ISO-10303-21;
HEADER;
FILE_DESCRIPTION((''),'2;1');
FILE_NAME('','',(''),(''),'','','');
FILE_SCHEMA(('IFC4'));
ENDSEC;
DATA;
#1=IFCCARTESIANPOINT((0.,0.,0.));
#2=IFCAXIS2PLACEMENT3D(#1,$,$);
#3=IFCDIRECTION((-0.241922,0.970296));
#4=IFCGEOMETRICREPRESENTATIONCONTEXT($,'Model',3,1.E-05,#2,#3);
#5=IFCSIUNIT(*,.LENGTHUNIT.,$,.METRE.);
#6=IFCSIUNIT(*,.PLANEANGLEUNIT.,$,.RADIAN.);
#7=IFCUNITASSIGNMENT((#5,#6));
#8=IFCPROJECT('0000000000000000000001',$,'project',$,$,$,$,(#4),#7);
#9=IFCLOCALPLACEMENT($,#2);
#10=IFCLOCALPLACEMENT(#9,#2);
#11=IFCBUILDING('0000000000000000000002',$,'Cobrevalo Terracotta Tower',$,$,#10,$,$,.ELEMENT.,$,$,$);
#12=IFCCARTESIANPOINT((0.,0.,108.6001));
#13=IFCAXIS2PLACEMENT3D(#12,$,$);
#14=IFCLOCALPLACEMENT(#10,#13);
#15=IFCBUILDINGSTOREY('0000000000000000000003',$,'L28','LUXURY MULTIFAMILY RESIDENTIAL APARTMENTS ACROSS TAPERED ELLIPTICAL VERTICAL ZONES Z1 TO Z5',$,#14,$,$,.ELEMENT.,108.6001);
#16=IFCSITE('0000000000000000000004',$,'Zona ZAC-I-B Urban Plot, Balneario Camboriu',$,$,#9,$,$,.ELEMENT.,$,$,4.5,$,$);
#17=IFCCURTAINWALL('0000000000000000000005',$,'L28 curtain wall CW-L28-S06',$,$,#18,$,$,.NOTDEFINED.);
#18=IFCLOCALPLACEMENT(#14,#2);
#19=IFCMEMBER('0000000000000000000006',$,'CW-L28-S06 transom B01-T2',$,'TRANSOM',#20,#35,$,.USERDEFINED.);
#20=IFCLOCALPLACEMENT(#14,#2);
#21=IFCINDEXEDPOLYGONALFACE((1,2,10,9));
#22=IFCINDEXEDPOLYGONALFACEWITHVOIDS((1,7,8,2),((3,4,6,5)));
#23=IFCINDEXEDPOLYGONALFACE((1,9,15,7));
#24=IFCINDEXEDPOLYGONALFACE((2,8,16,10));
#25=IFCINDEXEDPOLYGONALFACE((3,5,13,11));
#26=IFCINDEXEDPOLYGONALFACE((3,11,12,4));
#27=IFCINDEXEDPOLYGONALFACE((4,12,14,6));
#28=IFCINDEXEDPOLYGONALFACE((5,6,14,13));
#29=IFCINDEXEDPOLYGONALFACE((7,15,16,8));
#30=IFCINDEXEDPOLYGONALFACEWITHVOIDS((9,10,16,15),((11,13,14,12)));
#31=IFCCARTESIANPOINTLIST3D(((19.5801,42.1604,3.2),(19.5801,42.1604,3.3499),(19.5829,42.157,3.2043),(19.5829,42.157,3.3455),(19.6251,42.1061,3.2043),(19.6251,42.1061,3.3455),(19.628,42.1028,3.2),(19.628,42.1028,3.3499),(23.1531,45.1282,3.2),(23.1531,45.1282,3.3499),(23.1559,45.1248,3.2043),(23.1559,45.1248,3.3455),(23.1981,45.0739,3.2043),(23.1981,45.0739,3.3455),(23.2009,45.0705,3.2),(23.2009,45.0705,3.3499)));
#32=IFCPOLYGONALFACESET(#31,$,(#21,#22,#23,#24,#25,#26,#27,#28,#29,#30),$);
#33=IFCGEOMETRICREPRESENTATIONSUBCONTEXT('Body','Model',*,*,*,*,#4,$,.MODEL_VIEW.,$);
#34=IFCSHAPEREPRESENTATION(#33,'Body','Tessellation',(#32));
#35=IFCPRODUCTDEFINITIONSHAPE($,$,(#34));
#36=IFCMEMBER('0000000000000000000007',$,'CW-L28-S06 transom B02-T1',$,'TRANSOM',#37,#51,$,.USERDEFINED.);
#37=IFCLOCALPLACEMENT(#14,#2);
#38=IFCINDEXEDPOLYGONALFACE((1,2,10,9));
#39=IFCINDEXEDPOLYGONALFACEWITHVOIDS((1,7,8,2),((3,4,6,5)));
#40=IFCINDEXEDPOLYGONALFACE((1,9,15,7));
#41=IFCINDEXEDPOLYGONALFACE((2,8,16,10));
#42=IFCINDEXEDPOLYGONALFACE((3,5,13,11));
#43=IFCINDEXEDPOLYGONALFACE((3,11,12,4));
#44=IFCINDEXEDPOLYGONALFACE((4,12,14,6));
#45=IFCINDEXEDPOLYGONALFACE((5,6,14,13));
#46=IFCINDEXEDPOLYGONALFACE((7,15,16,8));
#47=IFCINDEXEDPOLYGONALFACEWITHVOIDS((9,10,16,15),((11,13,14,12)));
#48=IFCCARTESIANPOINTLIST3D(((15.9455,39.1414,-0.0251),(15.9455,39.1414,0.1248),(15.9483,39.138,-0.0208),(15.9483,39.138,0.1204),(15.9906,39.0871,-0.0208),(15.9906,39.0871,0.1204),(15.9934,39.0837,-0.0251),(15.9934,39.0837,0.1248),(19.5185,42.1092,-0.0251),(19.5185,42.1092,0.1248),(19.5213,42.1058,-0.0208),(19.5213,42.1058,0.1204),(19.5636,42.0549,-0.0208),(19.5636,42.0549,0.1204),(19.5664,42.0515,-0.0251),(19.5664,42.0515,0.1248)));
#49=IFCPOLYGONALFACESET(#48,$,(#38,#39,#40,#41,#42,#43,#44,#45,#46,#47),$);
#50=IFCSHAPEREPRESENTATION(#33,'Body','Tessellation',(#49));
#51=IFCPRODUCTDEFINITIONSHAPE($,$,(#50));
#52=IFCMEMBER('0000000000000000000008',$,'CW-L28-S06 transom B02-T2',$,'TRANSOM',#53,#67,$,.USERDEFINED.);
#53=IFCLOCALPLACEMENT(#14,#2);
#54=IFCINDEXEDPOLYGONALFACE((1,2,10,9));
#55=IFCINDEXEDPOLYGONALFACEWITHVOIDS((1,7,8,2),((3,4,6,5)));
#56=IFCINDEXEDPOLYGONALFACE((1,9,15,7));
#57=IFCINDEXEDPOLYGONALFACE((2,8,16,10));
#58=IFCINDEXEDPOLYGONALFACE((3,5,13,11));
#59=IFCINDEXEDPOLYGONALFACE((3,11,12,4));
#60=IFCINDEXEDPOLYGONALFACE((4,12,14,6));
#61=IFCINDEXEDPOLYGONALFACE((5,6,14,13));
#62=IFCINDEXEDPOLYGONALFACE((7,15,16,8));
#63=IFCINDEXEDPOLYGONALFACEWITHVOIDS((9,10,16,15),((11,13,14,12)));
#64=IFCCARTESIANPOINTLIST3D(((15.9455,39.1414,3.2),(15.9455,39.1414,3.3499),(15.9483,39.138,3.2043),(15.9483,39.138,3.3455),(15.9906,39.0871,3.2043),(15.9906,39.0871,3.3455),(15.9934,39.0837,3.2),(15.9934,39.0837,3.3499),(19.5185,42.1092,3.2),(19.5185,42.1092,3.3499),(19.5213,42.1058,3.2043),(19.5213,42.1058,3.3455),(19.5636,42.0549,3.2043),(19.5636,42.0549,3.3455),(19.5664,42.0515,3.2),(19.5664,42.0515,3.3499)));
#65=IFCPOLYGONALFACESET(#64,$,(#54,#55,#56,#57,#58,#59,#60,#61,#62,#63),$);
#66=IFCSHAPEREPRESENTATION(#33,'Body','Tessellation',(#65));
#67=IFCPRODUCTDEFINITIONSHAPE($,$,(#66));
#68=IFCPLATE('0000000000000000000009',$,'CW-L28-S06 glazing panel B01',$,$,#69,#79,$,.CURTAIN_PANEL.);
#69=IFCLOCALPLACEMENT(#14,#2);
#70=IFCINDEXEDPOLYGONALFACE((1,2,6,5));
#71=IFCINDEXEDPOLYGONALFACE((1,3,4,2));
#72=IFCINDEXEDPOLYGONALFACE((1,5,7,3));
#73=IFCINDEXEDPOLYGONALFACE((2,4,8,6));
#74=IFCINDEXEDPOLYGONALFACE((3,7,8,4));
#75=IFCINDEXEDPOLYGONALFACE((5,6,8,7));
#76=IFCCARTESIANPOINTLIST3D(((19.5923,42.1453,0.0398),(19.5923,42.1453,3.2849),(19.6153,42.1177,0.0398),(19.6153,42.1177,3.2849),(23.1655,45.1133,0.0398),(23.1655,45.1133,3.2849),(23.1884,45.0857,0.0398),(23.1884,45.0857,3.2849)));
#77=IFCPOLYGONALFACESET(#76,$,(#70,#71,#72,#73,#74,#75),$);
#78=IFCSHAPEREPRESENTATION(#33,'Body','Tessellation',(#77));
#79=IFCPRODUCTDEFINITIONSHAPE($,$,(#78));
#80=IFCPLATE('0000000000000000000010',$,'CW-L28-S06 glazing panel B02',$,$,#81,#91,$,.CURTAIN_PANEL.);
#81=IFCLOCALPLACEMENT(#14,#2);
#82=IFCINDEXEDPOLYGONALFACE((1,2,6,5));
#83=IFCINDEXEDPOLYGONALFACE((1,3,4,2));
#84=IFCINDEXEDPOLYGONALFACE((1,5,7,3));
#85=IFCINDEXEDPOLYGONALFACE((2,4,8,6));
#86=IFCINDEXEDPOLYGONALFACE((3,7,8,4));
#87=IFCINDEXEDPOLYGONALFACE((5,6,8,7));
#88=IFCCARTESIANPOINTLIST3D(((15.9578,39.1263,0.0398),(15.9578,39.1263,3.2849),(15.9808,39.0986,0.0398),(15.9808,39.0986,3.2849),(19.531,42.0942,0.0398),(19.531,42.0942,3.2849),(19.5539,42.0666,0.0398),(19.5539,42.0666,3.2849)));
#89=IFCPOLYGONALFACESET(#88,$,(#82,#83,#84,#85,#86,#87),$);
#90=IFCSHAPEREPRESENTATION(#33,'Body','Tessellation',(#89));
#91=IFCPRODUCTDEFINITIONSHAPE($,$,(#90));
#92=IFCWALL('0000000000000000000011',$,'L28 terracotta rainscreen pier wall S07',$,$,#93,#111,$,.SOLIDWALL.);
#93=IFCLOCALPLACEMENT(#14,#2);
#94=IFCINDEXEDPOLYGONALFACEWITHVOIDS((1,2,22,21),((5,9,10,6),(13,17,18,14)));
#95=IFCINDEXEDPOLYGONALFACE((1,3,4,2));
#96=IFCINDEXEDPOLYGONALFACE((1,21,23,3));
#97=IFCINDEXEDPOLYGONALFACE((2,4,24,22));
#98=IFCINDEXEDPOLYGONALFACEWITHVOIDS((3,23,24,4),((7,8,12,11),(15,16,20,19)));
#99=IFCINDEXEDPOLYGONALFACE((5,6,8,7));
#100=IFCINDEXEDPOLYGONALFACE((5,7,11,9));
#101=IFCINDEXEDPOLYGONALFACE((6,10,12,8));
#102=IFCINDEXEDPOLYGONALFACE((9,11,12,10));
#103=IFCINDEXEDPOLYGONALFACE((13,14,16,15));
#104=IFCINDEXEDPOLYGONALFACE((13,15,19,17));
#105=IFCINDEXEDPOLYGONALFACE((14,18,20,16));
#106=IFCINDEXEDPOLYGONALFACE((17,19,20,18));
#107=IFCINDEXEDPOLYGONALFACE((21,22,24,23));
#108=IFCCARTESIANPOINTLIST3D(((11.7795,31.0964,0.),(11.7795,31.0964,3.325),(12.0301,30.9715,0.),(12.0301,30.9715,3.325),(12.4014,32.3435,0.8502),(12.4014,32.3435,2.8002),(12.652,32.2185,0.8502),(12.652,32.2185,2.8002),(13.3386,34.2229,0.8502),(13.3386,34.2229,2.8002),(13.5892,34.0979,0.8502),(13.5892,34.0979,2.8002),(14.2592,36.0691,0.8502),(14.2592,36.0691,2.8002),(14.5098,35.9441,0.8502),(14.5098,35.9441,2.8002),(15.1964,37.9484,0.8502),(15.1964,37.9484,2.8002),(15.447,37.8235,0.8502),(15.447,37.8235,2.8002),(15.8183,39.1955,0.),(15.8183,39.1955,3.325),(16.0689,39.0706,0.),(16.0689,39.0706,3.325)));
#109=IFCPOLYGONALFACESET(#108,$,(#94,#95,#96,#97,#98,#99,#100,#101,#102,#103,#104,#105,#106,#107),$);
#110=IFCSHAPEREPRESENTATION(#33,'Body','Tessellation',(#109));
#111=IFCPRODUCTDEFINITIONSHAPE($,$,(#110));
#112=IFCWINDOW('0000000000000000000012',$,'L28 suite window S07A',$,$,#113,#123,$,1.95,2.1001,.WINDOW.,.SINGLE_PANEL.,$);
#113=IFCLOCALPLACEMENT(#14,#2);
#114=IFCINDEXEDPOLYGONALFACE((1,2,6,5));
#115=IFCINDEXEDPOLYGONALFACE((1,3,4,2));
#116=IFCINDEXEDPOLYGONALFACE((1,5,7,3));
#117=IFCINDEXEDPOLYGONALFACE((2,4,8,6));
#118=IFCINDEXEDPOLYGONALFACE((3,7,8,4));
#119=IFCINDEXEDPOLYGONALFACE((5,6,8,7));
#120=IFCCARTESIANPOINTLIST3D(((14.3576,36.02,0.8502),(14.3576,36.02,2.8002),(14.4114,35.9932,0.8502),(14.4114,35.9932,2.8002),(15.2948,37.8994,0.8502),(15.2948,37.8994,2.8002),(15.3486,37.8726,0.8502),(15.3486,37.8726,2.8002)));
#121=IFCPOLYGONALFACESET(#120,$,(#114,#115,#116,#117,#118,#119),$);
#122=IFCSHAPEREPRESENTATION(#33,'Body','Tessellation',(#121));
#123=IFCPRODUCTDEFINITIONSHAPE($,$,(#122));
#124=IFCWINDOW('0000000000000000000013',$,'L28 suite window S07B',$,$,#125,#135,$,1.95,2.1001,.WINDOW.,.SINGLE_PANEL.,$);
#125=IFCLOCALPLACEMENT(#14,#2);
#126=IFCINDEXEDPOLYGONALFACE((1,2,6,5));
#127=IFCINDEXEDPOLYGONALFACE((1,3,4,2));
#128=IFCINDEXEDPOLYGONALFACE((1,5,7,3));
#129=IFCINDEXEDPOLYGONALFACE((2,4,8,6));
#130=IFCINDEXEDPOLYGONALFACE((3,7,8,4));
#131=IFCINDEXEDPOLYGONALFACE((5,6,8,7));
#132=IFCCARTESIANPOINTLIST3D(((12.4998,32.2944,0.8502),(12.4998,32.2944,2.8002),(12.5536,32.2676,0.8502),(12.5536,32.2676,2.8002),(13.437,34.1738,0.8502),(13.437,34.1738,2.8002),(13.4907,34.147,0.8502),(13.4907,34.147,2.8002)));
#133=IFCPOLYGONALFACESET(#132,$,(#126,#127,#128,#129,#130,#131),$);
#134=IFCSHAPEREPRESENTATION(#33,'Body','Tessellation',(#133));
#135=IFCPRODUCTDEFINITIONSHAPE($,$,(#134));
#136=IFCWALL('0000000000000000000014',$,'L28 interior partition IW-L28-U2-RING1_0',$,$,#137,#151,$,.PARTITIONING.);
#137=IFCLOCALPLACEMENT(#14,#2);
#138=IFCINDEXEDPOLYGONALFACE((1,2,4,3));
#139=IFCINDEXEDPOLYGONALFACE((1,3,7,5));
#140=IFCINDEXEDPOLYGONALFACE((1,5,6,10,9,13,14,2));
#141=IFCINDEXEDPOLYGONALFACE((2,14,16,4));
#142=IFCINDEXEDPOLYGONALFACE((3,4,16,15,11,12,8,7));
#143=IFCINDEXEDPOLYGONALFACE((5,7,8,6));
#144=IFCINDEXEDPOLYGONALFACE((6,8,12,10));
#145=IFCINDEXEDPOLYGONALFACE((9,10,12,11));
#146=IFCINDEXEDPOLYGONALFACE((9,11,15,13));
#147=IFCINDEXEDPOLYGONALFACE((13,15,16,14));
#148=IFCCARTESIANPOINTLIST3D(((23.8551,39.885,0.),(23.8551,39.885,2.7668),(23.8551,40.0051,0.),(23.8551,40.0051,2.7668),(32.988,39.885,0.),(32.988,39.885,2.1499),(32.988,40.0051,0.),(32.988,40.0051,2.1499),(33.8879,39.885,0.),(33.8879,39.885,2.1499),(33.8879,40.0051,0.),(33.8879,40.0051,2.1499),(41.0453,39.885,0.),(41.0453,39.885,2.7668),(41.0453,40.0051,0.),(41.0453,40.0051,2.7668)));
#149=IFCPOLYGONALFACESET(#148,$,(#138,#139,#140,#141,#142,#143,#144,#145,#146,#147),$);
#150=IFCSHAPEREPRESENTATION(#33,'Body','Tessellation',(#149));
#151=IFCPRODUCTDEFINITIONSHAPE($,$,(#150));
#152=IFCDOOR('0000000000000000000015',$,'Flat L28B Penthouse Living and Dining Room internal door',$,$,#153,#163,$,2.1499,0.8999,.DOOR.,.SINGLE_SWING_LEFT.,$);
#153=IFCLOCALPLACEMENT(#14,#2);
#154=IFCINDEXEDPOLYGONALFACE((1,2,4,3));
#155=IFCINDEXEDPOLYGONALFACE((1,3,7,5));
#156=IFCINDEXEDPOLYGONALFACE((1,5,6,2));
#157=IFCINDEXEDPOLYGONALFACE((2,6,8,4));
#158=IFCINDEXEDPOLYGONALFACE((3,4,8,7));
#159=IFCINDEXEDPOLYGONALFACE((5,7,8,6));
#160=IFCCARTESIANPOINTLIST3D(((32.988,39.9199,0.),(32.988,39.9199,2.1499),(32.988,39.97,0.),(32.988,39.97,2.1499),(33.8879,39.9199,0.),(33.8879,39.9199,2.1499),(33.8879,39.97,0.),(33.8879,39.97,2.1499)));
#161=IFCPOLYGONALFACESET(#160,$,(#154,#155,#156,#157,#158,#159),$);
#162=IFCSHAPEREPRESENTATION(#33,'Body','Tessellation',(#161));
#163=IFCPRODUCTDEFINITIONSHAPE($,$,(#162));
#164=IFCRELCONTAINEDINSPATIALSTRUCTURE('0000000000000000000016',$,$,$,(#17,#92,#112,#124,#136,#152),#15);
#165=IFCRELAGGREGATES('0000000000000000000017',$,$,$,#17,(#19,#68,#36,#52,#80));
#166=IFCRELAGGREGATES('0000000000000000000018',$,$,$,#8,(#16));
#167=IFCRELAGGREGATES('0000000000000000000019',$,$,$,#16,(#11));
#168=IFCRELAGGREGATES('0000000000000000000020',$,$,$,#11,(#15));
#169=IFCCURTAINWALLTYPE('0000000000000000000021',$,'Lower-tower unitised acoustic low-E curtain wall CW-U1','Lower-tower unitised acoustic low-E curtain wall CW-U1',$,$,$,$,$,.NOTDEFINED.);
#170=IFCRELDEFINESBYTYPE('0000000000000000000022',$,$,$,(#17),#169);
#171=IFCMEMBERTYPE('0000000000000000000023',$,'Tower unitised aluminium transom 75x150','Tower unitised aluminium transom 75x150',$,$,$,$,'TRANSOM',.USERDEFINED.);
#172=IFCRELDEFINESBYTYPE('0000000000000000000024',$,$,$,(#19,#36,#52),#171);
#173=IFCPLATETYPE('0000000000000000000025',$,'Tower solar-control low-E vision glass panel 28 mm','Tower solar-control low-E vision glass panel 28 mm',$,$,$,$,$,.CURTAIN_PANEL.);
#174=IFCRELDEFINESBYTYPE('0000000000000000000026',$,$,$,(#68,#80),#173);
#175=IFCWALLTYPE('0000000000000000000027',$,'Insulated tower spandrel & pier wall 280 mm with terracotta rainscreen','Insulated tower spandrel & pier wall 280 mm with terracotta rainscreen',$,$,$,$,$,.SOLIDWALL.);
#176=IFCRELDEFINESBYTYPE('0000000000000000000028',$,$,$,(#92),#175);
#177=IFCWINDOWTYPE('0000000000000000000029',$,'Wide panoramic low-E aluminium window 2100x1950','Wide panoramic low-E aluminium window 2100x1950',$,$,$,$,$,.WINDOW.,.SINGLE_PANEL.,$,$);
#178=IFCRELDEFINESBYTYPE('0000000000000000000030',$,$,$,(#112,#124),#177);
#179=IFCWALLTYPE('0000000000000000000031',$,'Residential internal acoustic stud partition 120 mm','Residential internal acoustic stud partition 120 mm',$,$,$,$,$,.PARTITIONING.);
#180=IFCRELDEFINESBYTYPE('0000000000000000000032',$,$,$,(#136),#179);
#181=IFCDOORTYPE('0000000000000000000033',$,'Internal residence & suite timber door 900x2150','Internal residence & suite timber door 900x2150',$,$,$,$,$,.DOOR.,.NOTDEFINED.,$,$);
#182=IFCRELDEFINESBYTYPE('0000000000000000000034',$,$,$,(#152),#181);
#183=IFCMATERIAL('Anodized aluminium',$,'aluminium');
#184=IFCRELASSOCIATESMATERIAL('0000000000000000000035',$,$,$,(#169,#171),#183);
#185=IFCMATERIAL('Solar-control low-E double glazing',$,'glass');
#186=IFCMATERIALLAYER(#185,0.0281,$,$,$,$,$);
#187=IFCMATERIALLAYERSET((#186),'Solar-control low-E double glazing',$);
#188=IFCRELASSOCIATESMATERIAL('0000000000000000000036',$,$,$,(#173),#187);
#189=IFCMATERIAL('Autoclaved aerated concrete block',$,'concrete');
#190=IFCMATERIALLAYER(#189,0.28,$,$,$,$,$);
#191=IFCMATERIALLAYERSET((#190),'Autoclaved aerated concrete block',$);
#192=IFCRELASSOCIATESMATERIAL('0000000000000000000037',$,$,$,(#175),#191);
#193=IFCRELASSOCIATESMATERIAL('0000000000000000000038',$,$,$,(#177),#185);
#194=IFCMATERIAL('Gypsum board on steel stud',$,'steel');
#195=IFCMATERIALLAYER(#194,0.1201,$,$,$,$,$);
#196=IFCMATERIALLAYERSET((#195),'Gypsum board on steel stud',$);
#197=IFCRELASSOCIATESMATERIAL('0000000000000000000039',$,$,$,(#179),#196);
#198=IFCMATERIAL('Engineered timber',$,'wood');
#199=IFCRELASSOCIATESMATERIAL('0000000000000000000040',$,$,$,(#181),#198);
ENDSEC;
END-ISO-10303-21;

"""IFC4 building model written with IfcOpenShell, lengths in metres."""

from ifc_helpers import new_model, si_unit, direction, frame, frame_2d, origin, origin_2d, place, context, subcontext, project, spatial, rectangle, hollow_rectangle, extrude, source, transform, mapped, material, layer, layer_set, material_profile, profile_set, type_object, element, fill, aggregate, save


model = new_model("IFC4")

# Units and contexts
model_context = context("Model", 3, precision=1e-05, world=origin(), true_north=direction((-0.241922, 0.970296)))
body_context = subcontext(model_context, "Body", "Model", "MODEL_VIEW")
ifc_project = project(units=[si_unit("LENGTHUNIT", "METRE"), si_unit("PLANEANGLEUNIT", "RADIAN")], contexts=[model_context])

# Site, building, storey
site_placement = place(None, origin())
site = spatial("IfcSite", under=ifc_project, at=site_placement, Name="Zona ZAC-I-B Urban Plot, Balneario Camboriu", CompositionType="ELEMENT", RefElevation=4.5)
building_placement = place(site_placement, origin())
building = spatial("IfcBuilding", under=site, at=building_placement, Name="Cobrevalo Terracotta Tower", CompositionType="ELEMENT")
storey_placement = place(building_placement, frame((0.0, 0.0, 108.6001)))
storey = spatial("IfcBuildingStorey", under=building, at=storey_placement, Name="L28", Description="LUXURY MULTIFAMILY RESIDENTIAL APARTMENTS ACROSS TAPERED ELLIPTICAL VERTICAL ZONES Z1 TO Z5", CompositionType="ELEMENT", Elevation=108.6001)

# Shared definitions
ifc_material_1 = material(Name="Anodized aluminium", Category="aluminium")
curtain_wall_type = type_object("IfcCurtainWallType", Name="Lower-tower unitised acoustic low-E curtain wall CW-U1", Description="Lower-tower unitised acoustic low-E curtain wall CW-U1", PredefinedType="NOTDEFINED", material=ifc_material_1)

# Curtain wall, members, plates
curtain_wall_1_placement = place(storey_placement, origin())
curtain_wall_1 = element("IfcCurtainWall", 1, at=curtain_wall_1_placement, inside=storey, type_object=curtain_wall_type, Name="L28 curtain wall CW-L28-S06", PredefinedType="NOTDEFINED")
ifc_material_profile_1 = material_profile(ifc_material_1, hollow_rectangle(XDim=0.075, YDim=0.1499, WallThickness=0.0044, at=origin_2d()), Name="CWT 75x150")
ifc_profile_set_1 = profile_set([ifc_material_profile_1], Name="Anodized aluminium")
member_type_1 = type_object("IfcMemberType", Name="Tower unitised aluminium transom 75x150", Description="Tower unitised aluminium transom 75x150", ElementType="TRANSOM", PredefinedType="USERDEFINED", material=ifc_profile_set_1)
shared_shape_1 = source(origin(), body_context, "Body", "SweptSolid", [
    extrude(hollow_rectangle(XDim=0.075, YDim=0.1499, WallThickness=0.0044, at=origin_2d()), origin(), (0.0, 0.0, 1.0), 4.6448),
])
member_1_placement = place(storey_placement, frame((23.177, 45.0994, 3.2749), z_axis=(-0.76925, -0.638948, 0.0), x_axis=(0.638948, -0.76925, 0.0)))
member_1 = element("IfcMember", 2, at=member_1_placement, type_object=member_type_1, Name="CW-L28-S06 transom B01-T2", ObjectType="TRANSOM", PredefinedType="USERDEFINED", context=body_context, shape_type="MappedRepresentation", body=[
    mapped(shared_shape_1, transform((0.0, 0.0, 0.0), scale=1.0)),
])
member_2_placement = place(storey_placement, frame((19.5425, 42.0803, 0.0498), z_axis=(-0.76925, -0.638948, 0.0), x_axis=(0.638948, -0.76925, 0.0)))
member_2 = element("IfcMember", 3, at=member_2_placement, type_object=member_type_1, Name="CW-L28-S06 transom B02-T1", ObjectType="TRANSOM", PredefinedType="USERDEFINED", context=body_context, shape_type="MappedRepresentation", body=[
    mapped(shared_shape_1, transform((0.0, 0.0, 0.0), scale=1.0)),
])
member_3_placement = place(storey_placement, frame((19.5425, 42.0803, 3.2749), z_axis=(-0.76925, -0.638948, 0.0), x_axis=(0.638948, -0.76925, 0.0)))
member_3 = element("IfcMember", 4, at=member_3_placement, type_object=member_type_1, Name="CW-L28-S06 transom B02-T2", ObjectType="TRANSOM", PredefinedType="USERDEFINED", context=body_context, shape_type="MappedRepresentation", body=[
    mapped(shared_shape_1, transform((0.0, 0.0, 0.0), scale=1.0)),
])
ifc_material_2 = material(Name="Solar-control low-E double glazing", Category="glass")
ifc_layer_1 = layer(ifc_material_2, 0.0281)
ifc_layer_set_1 = layer_set([ifc_layer_1], Name="Solar-control low-E double glazing")
plate_type = type_object("IfcPlateType", Name="Tower solar-control low-E vision glass panel 28 mm", Description="Tower solar-control low-E vision glass panel 28 mm", PredefinedType="CURTAIN_PANEL", material=ifc_layer_set_1)
shared_shape_2 = source(origin(), body_context, "Body", "SweptSolid", [
    extrude(rectangle(XDim=4.645, YDim=0.0359, at=origin_2d()), origin(), (0.0, 0.0, 1.0), 3.2451),
])
plate_1_placement = place(storey_placement, frame((21.3904, 43.6155, 0.0398), z_axis=(0.0, 0.0, 1.0), x_axis=(-0.769241, -0.638958, 0.0)))
plate_1 = element("IfcPlate", 5, at=plate_1_placement, type_object=plate_type, Name="CW-L28-S06 glazing panel B01", PredefinedType="CURTAIN_PANEL", context=body_context, shape_type="MappedRepresentation", body=[
    mapped(shared_shape_2, transform((0.0, 0.0, 0.0), scale=1.0)),
])
plate_2_placement = place(storey_placement, frame((17.7559, 40.5964, 0.0398), z_axis=(0.0, 0.0, 1.0), x_axis=(-0.769241, -0.638958, 0.0)))
plate_2 = element("IfcPlate", 6, at=plate_2_placement, type_object=plate_type, Name="CW-L28-S06 glazing panel B02", PredefinedType="CURTAIN_PANEL", context=body_context, shape_type="MappedRepresentation", body=[
    mapped(shared_shape_2, transform((0.0, 0.0, 0.0), scale=1.0)),
])
aggregate(curtain_wall_1, [member_1, plate_1, member_2, member_3, plate_2])

# Wall, openings, windows
ifc_material_3 = material(Name="Autoclaved aerated concrete block", Category="concrete")
ifc_layer_2 = layer(ifc_material_3, 0.28)
ifc_layer_set_2 = layer_set([ifc_layer_2], Name="Autoclaved aerated concrete block")
wall_type_1 = type_object("IfcWallType", Name="Insulated tower spandrel & pier wall 280 mm with terracotta rainscreen", Description="Insulated tower spandrel & pier wall 280 mm with terracotta rainscreen", PredefinedType="SOLIDWALL", material=ifc_layer_set_2)
wall_1_placement = place(storey_placement, frame((15.9436, 39.1331, 0.0), z_axis=(0.0, 0.0, 1.0), x_axis=(-0.446264, -0.894901, 0.0)))
wall_1 = element("IfcWall", 7, at=wall_1_placement, inside=storey, type_object=wall_type_1, Name="L28 terracotta rainscreen pier wall S07", PredefinedType="SOLIDWALL", context=body_context, shape_type="SweptSolid", body=[
    extrude(rectangle(XDim=9.0503, YDim=0.28, at=frame_2d((4.5251, 0.0))), origin(), (0.0, 0.0, 1.0), 3.325),
])
opening_1_placement = place(wall_1_placement, frame((1.3936, 0.0, 0.8501)))
opening_1 = element("IfcOpeningElement", 8, at=opening_1_placement, cuts=wall_1, PredefinedType="OPENING", context=body_context, shape_type="SweptSolid", body=[
    extrude(rectangle(XDim=2.1001, YDim=1.95, at=frame_2d((1.05, 0.9751))), frame((0.0, 0.1499, 0.0), z_axis=(0.0, -1.0, 0.0), x_axis=(1.0, 0.0, 0.0)), (0.0, 0.0, 1.0), 0.3),
])
opening_2_placement = place(wall_1_placement, frame((5.5566, 0.0, 0.8501)))
opening_2 = element("IfcOpeningElement", 9, at=opening_2_placement, cuts=wall_1, PredefinedType="OPENING", context=body_context, shape_type="SweptSolid", body=[
    extrude(rectangle(XDim=2.1001, YDim=1.95, at=frame_2d((1.05, 0.9751))), frame((0.0, 0.1499, 0.0), z_axis=(0.0, -1.0, 0.0), x_axis=(1.0, 0.0, 0.0)), (0.0, 0.0, 1.0), 0.3),
])
window_type = type_object("IfcWindowType", Name="Wide panoramic low-E aluminium window 2100x1950", Description="Wide panoramic low-E aluminium window 2100x1950", PartitioningType="SINGLE_PANEL", PredefinedType="WINDOW", material=ifc_material_2)
shared_shape_3 = source(origin(), body_context, "Body", "SweptSolid", [
    extrude(rectangle(XDim=2.1001, YDim=1.95, at=frame_2d((1.05, 0.9751))), frame((0.0, 0.03, 0.0), z_axis=(0.0, -1.0, 0.0), x_axis=(1.0, 0.0, 0.0)), (0.0, 0.0, 1.0), 0.0601),
])
window_1_placement = place(opening_1_placement, origin())
window_1 = element("IfcWindow", 10, at=window_1_placement, inside=storey, type_object=window_type, Name="L28 suite window S07A", OverallHeight=1.95, OverallWidth=2.1001, PartitioningType="SINGLE_PANEL", PredefinedType="WINDOW", context=body_context, shape_type="MappedRepresentation", body=[
    mapped(shared_shape_3, transform((0.0, 0.0, 0.0), scale=1.0)),
])
fill(opening_1, window_1)
window_2_placement = place(opening_2_placement, origin())
window_2 = element("IfcWindow", 11, at=window_2_placement, inside=storey, type_object=window_type, Name="L28 suite window S07B", OverallHeight=1.95, OverallWidth=2.1001, PartitioningType="SINGLE_PANEL", PredefinedType="WINDOW", context=body_context, shape_type="MappedRepresentation", body=[
    mapped(shared_shape_3, transform((0.0, 0.0, 0.0), scale=1.0)),
])
fill(opening_2, window_2)

# Wall, opening, door
ifc_material_4 = material(Name="Gypsum board on steel stud", Category="steel")
ifc_layer_3 = layer(ifc_material_4, 0.1201)
ifc_layer_set_3 = layer_set([ifc_layer_3], Name="Gypsum board on steel stud")
wall_type_2 = type_object("IfcWallType", Name="Residential internal acoustic stud partition 120 mm", Description="Residential internal acoustic stud partition 120 mm", PredefinedType="PARTITIONING", material=ifc_layer_set_3)
wall_2_placement = place(storey_placement, frame((23.855, 39.9451, 0.0), z_axis=(0.0, 0.0, 1.0), x_axis=(1.0, 0.0, 0.0)))
wall_2 = element("IfcWall", 12, at=wall_2_placement, inside=storey, type_object=wall_type_2, Name="L28 interior partition IW-L28-U2-RING1_0", PredefinedType="PARTITIONING", context=body_context, shape_type="SweptSolid", body=[
    extrude(rectangle(XDim=17.1902, YDim=0.1201, at=frame_2d((8.5952, 0.0))), origin(), (0.0, 0.0, 1.0), 2.7668),
])
opening_3_placement = place(wall_2_placement, frame((9.1331, 0.0, 0.0)))
opening_3 = element("IfcOpeningElement", 13, at=opening_3_placement, cuts=wall_2, PredefinedType="OPENING", context=body_context, shape_type="SweptSolid", body=[
    extrude(rectangle(XDim=0.8999, YDim=2.1499, at=frame_2d((0.45, 1.075))), frame((0.0, 0.0701, 0.0), z_axis=(0.0, -1.0, 0.0), x_axis=(1.0, 0.0, 0.0)), (0.0, 0.0, 1.0), 0.1401),
])
ifc_material_5 = material(Name="Engineered timber", Category="wood")
door_type = type_object("IfcDoorType", Name="Internal residence & suite timber door 900x2150", Description="Internal residence & suite timber door 900x2150", OperationType="NOTDEFINED", PredefinedType="DOOR", material=ifc_material_5)
shared_shape_4 = source(origin(), body_context, "Body", "SweptSolid", [
    extrude(rectangle(XDim=0.8999, YDim=2.1499, at=frame_2d((0.45, 1.075))), frame((0.0, 0.0249, 0.0), z_axis=(0.0, -1.0, 0.0), x_axis=(1.0, 0.0, 0.0)), (0.0, 0.0, 1.0), 0.05),
])
door_placement = place(opening_3_placement, origin())
door = element("IfcDoor", 14, at=door_placement, inside=storey, type_object=door_type, Name="Flat L28B Penthouse Living and Dining Room internal door", OperationType="SINGLE_SWING_LEFT", OverallHeight=2.1499, OverallWidth=0.8999, PredefinedType="DOOR", context=body_context, shape_type="MappedRepresentation", body=[
    mapped(shared_shape_4, transform((0.0, 0.0, 0.0), scale=1.0)),
])
fill(opening_3, door)

save(model, "model.ifc")
